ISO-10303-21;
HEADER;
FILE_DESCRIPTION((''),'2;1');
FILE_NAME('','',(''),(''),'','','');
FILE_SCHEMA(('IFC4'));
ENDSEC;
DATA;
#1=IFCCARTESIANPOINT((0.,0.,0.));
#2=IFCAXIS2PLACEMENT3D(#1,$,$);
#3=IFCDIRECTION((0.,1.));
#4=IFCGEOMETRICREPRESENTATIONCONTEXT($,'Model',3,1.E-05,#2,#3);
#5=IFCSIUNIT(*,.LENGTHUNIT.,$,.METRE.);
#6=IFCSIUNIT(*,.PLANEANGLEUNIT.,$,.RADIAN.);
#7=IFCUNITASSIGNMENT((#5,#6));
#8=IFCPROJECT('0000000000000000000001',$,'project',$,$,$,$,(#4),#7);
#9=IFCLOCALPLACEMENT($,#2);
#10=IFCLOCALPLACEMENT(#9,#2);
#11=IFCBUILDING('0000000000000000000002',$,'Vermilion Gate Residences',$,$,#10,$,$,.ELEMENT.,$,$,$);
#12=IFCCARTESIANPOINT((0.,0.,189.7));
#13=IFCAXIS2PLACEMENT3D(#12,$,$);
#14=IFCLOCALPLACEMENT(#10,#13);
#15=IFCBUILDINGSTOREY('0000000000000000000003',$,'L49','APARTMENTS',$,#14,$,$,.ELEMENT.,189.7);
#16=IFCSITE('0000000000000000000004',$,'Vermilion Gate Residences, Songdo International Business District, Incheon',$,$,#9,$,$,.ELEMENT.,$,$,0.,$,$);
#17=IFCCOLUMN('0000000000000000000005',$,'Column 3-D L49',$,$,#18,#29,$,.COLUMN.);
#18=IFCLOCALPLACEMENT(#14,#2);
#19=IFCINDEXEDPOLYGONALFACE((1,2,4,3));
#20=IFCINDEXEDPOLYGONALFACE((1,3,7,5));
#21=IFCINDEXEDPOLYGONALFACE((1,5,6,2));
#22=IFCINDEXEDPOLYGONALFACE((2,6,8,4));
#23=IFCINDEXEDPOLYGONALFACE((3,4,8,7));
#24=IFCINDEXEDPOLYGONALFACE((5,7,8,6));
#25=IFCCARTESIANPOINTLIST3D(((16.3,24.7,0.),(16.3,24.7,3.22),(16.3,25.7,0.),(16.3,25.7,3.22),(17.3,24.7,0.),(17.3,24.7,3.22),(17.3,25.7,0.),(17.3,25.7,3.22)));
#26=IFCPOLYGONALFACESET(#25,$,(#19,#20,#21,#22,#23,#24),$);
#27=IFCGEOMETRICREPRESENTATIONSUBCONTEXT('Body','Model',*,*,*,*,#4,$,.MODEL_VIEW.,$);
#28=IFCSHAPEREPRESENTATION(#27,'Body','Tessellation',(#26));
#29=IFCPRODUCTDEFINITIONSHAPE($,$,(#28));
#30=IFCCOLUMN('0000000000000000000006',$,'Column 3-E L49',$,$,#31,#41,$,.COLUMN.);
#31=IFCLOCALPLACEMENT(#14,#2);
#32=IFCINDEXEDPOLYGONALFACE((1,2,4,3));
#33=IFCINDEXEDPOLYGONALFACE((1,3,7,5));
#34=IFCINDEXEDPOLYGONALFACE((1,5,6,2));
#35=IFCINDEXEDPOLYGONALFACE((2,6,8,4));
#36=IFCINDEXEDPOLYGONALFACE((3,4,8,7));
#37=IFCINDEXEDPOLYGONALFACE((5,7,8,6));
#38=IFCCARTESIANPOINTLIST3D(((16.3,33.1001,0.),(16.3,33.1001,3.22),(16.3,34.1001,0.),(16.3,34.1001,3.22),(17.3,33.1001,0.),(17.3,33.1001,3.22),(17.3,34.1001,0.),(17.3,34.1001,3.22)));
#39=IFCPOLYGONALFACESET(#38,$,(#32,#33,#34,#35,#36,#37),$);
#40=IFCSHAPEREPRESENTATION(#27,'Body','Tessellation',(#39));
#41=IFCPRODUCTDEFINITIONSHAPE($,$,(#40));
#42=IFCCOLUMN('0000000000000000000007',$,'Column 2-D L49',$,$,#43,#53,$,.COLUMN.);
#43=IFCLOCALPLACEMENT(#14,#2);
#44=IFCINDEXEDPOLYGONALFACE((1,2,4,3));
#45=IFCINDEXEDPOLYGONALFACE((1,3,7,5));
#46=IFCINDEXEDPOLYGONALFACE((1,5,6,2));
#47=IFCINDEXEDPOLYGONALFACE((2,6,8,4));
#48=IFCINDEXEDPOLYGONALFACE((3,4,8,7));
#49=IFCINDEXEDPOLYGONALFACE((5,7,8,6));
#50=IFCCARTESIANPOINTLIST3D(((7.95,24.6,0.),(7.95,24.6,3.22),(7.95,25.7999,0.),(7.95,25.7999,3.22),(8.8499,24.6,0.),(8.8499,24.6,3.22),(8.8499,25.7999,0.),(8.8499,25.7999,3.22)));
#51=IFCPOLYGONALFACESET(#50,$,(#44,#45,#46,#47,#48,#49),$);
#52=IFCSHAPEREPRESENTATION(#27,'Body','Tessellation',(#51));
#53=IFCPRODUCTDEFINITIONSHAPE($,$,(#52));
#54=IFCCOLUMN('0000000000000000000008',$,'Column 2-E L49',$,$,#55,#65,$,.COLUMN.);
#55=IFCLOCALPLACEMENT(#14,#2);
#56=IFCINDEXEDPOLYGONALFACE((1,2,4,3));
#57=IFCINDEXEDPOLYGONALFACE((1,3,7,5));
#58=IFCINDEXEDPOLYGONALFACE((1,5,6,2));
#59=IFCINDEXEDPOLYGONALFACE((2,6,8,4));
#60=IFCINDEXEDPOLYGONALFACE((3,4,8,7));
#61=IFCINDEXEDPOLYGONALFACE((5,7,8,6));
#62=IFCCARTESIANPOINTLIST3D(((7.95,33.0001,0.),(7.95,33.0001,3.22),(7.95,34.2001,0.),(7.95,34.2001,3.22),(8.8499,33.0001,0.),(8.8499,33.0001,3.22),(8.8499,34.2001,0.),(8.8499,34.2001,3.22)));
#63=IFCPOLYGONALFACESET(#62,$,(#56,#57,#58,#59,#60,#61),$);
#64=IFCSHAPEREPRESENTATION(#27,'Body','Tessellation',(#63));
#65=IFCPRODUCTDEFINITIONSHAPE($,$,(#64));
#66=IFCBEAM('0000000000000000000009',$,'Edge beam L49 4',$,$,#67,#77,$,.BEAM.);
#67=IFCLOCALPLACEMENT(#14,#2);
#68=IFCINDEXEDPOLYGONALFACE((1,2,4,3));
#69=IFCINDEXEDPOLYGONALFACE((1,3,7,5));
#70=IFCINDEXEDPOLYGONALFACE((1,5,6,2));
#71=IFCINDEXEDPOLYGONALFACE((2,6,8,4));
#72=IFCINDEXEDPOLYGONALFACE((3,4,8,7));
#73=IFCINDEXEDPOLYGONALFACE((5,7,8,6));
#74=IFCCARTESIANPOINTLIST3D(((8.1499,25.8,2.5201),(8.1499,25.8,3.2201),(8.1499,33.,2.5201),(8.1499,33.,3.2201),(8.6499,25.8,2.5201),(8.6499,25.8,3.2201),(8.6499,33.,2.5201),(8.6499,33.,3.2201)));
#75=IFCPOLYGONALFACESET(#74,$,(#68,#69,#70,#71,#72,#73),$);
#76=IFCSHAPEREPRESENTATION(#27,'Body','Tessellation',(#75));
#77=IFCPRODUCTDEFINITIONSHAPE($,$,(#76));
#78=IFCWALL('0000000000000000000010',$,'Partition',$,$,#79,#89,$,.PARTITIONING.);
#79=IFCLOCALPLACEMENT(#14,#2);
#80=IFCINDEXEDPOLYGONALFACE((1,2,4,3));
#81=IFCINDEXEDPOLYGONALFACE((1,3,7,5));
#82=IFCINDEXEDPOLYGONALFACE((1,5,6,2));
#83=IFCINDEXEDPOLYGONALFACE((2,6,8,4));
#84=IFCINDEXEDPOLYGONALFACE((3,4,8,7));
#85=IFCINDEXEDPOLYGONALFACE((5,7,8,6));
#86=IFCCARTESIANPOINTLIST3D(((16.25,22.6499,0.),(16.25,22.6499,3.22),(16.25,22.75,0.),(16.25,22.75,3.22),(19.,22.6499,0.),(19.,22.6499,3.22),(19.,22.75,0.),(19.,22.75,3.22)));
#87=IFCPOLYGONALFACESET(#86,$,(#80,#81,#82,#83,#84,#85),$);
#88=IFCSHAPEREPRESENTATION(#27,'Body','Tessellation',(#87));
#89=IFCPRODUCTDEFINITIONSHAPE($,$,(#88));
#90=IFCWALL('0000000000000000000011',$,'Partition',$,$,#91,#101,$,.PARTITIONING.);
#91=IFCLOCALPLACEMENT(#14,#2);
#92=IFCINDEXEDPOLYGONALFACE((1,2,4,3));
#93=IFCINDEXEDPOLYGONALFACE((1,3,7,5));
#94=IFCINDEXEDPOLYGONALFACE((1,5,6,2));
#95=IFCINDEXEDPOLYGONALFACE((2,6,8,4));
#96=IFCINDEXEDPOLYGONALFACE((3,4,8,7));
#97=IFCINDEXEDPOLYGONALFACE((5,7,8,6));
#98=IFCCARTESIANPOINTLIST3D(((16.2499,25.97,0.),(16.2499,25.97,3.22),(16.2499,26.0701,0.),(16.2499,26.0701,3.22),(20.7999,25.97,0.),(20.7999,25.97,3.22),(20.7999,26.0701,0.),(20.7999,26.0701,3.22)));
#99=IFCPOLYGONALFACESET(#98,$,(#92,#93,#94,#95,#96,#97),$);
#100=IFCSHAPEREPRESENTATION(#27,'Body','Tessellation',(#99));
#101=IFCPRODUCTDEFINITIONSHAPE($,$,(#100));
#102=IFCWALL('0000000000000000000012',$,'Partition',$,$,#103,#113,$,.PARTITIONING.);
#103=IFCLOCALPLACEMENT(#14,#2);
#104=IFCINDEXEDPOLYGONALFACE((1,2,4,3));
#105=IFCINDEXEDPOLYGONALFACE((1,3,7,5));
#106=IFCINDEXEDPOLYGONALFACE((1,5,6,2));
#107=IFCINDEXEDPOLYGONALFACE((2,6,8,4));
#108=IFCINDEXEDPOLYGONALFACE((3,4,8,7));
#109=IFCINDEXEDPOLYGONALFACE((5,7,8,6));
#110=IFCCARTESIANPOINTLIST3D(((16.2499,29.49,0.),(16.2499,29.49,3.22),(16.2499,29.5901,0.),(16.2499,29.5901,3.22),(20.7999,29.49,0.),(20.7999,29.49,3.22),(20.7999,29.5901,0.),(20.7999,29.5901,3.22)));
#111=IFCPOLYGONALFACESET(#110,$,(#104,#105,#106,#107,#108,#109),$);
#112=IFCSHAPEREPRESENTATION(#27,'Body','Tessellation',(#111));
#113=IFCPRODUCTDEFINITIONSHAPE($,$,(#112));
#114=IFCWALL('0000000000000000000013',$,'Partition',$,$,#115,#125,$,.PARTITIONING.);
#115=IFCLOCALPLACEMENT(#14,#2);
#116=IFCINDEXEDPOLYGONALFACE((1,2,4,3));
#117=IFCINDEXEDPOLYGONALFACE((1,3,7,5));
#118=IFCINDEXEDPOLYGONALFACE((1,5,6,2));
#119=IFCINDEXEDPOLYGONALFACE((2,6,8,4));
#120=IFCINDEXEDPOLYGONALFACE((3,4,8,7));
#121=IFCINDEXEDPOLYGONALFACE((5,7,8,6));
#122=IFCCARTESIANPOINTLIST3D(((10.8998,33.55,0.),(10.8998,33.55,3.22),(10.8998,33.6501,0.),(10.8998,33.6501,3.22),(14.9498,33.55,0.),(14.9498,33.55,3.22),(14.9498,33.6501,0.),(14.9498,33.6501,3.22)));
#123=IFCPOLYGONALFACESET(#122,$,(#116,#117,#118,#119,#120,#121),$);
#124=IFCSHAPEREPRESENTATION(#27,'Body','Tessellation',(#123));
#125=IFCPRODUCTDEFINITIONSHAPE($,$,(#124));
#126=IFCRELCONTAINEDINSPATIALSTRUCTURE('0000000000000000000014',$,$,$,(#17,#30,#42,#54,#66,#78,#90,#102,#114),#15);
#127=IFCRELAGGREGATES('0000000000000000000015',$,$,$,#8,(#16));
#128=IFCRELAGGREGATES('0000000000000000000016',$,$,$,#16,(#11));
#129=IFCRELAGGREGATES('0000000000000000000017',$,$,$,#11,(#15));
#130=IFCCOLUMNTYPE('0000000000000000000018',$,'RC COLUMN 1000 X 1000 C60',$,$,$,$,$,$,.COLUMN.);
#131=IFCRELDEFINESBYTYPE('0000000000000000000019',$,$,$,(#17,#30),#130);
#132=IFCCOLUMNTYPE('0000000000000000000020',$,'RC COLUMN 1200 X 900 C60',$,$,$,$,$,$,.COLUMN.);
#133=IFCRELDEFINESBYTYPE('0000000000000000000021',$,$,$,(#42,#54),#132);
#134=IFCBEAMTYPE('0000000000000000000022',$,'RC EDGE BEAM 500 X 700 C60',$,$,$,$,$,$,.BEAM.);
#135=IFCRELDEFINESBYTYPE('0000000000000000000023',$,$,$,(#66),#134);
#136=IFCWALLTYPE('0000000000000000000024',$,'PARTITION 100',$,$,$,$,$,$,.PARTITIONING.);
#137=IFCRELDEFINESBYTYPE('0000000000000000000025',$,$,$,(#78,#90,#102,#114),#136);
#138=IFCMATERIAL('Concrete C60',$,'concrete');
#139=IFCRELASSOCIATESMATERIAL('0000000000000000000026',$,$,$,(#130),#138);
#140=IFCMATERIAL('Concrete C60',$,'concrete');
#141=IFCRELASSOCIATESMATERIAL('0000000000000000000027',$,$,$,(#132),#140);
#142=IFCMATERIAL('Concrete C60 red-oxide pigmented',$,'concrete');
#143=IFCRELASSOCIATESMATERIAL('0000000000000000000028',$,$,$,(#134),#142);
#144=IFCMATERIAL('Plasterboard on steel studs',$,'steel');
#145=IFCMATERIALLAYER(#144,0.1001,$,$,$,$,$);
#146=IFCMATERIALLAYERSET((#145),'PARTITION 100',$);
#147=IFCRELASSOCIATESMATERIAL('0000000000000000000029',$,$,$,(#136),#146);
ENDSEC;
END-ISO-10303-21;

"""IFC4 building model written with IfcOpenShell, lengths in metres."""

from ifc_helpers import new_model, si_unit, direction, frame, frame_2d, origin, origin_2d, place, context, subcontext, project, spatial, rectangle, extrude, material, layer, layer_set, material_profile, profile_set, type_object, element, save


model = new_model("IFC4")

# Units and contexts
model_context = context("Model", 3, precision=1e-05, world=origin(), true_north=direction((0.0, 1.0)))
body_context = subcontext(model_context, "Body", "Model", "MODEL_VIEW")
ifc_project = project(units=[si_unit("LENGTHUNIT", "METRE"), si_unit("PLANEANGLEUNIT", "RADIAN")], contexts=[model_context])

# Site, building, storey
site_placement = place(None, origin())
site = spatial("IfcSite", under=ifc_project, at=site_placement, Name="Vermilion Gate Residences, Songdo International Business District, Incheon", CompositionType="ELEMENT", RefElevation=0.0)
building_placement = place(site_placement, origin())
building = spatial("IfcBuilding", under=site, at=building_placement, Name="Vermilion Gate Residences", CompositionType="ELEMENT")
storey_placement = place(building_placement, frame((0.0, 0.0, 189.7)))
storey = spatial("IfcBuildingStorey", under=building, at=storey_placement, Name="L49", Description="APARTMENTS", CompositionType="ELEMENT", Elevation=189.7)

# Columns
ifc_material_1 = material(Name="Concrete C60", Category="concrete")
ifc_material_profile_1 = material_profile(ifc_material_1, rectangle(XDim=1.0, YDim=1.0, at=origin_2d()), Name="RC-1000x1000")
ifc_profile_set_1 = profile_set([ifc_material_profile_1], Name="Concrete C60")
column_type_1 = type_object("IfcColumnType", Name="RC COLUMN 1000 X 1000 C60", PredefinedType="COLUMN", material=ifc_profile_set_1)
for number, where, z_axis, x_axis, name in (
    (1, (16.8, 25.2, 0.0), (0.0, 0.0, 1.0), (1.0, 0.0, 0.0), "Column 3-D L49"),
    (2, (16.8, 33.6001, 0.0), (0.0, 0.0, 1.0), (1.0, 0.0, 0.0), "Column 3-E L49"),
):
    element("IfcColumn", number, at=place(storey_placement, frame(where, z_axis=z_axis, x_axis=x_axis)), inside=storey, type_object=column_type_1, Name=name, PredefinedType="COLUMN", context=body_context, shape_type="SweptSolid", body=[
        extrude(rectangle(XDim=1.0, YDim=1.0, at=origin_2d()), origin(), (0.0, 0.0, 1.0), 3.22),
    ])
ifc_material_2 = material(Name="Concrete C60", Category="concrete")
ifc_material_profile_2 = material_profile(ifc_material_2, rectangle(XDim=1.2, YDim=0.8999, at=origin_2d()), Name="RC-1200x900")
ifc_profile_set_2 = profile_set([ifc_material_profile_2], Name="Concrete C60")
column_type_2 = type_object("IfcColumnType", Name="RC COLUMN 1200 X 900 C60", PredefinedType="COLUMN", material=ifc_profile_set_2)
for number, where, z_axis, x_axis, name in (
    (3, (8.3999, 25.2, 0.0), (0.0, 0.0, 1.0), (0.0, 1.0, 0.0), "Column 2-D L49"),
    (4, (8.3999, 33.6001, 0.0), (0.0, 0.0, 1.0), (0.0, 1.0, 0.0), "Column 2-E L49"),
):
    element("IfcColumn", number, at=place(storey_placement, frame(where, z_axis=z_axis, x_axis=x_axis)), inside=storey, type_object=column_type_2, Name=name, PredefinedType="COLUMN", context=body_context, shape_type="SweptSolid", body=[
        extrude(rectangle(XDim=1.2, YDim=0.8999, at=origin_2d()), origin(), (0.0, 0.0, 1.0), 3.22),
    ])

# Beam
ifc_material_3 = material(Name="Concrete C60 red-oxide pigmented", Category="concrete")
ifc_material_profile_3 = material_profile(ifc_material_3, rectangle(XDim=0.5, YDim=0.7, at=origin_2d()), Name="RC-500x700")
ifc_profile_set_3 = profile_set([ifc_material_profile_3], Name="Concrete C60 red-oxide pigmented")
beam_type = type_object("IfcBeamType", Name="RC EDGE BEAM 500 X 700 C60", PredefinedType="BEAM", material=ifc_profile_set_3)
beam_placement = place(storey_placement, frame((8.3999, 25.8, 2.8701), z_axis=(0.0, 1.0, 0.0), x_axis=(-1.0, 0.0, 0.0)))
element("IfcBeam", 5, at=beam_placement, inside=storey, type_object=beam_type, Name="Edge beam L49 4", PredefinedType="BEAM", context=body_context, shape_type="SweptSolid", body=[
    extrude(rectangle(XDim=0.5, YDim=0.7, at=origin_2d()), origin(), (0.0, 0.0, 1.0), 7.2),
])

# Walls
ifc_material_4 = material(Name="Plasterboard on steel studs", Category="steel")
ifc_layer_1 = layer(ifc_material_4, 0.1001)
ifc_layer_set_1 = layer_set([ifc_layer_1], Name="PARTITION 100")
wall_type_1 = type_object("IfcWallType", Name="PARTITION 100", PredefinedType="PARTITIONING", material=ifc_layer_set_1)
wall_1_placement = place(storey_placement, frame((16.25, 22.7, 0.0), z_axis=(0.0, 0.0, 1.0), x_axis=(1.0, 0.0, 0.0)))
element("IfcWall", 6, at=wall_1_placement, inside=storey, type_object=wall_type_1, Name="Partition", PredefinedType="PARTITIONING", context=body_context, shape_type="SweptSolid", body=[
    extrude(rectangle(XDim=2.75, YDim=0.1001, at=frame_2d((1.375, 0.0))), origin(), (0.0, 0.0, 1.0), 3.22),
])
for number, where, z_axis, x_axis, name in (
    (7, (16.25, 26.02, 0.0), (0.0, 0.0, 1.0), (1.0, 0.0, 0.0), "Partition"),
    (8, (16.25, 29.54, 0.0), (0.0, 0.0, 1.0), (1.0, 0.0, 0.0), "Partition"),
):
    element("IfcWall", number, at=place(storey_placement, frame(where, z_axis=z_axis, x_axis=x_axis)), inside=storey, type_object=wall_type_1, Name=name, PredefinedType="PARTITIONING", context=body_context, shape_type="SweptSolid", body=[
        extrude(rectangle(XDim=4.55, YDim=0.1001, at=frame_2d((2.2749, 0.0))), origin(), (0.0, 0.0, 1.0), 3.22),
    ])
wall_2_placement = place(storey_placement, frame((10.8999, 33.6001, 0.0), z_axis=(0.0, 0.0, 1.0), x_axis=(1.0, 0.0, 0.0)))
element("IfcWall", 9, at=wall_2_placement, inside=storey, type_object=wall_type_1, Name="Partition", PredefinedType="PARTITIONING", context=body_context, shape_type="SweptSolid", body=[
    extrude(rectangle(XDim=4.05, YDim=0.1001, at=frame_2d((2.0249, 0.0))), origin(), (0.0, 0.0, 1.0), 3.22),
])

save(model, "model.ifc")
